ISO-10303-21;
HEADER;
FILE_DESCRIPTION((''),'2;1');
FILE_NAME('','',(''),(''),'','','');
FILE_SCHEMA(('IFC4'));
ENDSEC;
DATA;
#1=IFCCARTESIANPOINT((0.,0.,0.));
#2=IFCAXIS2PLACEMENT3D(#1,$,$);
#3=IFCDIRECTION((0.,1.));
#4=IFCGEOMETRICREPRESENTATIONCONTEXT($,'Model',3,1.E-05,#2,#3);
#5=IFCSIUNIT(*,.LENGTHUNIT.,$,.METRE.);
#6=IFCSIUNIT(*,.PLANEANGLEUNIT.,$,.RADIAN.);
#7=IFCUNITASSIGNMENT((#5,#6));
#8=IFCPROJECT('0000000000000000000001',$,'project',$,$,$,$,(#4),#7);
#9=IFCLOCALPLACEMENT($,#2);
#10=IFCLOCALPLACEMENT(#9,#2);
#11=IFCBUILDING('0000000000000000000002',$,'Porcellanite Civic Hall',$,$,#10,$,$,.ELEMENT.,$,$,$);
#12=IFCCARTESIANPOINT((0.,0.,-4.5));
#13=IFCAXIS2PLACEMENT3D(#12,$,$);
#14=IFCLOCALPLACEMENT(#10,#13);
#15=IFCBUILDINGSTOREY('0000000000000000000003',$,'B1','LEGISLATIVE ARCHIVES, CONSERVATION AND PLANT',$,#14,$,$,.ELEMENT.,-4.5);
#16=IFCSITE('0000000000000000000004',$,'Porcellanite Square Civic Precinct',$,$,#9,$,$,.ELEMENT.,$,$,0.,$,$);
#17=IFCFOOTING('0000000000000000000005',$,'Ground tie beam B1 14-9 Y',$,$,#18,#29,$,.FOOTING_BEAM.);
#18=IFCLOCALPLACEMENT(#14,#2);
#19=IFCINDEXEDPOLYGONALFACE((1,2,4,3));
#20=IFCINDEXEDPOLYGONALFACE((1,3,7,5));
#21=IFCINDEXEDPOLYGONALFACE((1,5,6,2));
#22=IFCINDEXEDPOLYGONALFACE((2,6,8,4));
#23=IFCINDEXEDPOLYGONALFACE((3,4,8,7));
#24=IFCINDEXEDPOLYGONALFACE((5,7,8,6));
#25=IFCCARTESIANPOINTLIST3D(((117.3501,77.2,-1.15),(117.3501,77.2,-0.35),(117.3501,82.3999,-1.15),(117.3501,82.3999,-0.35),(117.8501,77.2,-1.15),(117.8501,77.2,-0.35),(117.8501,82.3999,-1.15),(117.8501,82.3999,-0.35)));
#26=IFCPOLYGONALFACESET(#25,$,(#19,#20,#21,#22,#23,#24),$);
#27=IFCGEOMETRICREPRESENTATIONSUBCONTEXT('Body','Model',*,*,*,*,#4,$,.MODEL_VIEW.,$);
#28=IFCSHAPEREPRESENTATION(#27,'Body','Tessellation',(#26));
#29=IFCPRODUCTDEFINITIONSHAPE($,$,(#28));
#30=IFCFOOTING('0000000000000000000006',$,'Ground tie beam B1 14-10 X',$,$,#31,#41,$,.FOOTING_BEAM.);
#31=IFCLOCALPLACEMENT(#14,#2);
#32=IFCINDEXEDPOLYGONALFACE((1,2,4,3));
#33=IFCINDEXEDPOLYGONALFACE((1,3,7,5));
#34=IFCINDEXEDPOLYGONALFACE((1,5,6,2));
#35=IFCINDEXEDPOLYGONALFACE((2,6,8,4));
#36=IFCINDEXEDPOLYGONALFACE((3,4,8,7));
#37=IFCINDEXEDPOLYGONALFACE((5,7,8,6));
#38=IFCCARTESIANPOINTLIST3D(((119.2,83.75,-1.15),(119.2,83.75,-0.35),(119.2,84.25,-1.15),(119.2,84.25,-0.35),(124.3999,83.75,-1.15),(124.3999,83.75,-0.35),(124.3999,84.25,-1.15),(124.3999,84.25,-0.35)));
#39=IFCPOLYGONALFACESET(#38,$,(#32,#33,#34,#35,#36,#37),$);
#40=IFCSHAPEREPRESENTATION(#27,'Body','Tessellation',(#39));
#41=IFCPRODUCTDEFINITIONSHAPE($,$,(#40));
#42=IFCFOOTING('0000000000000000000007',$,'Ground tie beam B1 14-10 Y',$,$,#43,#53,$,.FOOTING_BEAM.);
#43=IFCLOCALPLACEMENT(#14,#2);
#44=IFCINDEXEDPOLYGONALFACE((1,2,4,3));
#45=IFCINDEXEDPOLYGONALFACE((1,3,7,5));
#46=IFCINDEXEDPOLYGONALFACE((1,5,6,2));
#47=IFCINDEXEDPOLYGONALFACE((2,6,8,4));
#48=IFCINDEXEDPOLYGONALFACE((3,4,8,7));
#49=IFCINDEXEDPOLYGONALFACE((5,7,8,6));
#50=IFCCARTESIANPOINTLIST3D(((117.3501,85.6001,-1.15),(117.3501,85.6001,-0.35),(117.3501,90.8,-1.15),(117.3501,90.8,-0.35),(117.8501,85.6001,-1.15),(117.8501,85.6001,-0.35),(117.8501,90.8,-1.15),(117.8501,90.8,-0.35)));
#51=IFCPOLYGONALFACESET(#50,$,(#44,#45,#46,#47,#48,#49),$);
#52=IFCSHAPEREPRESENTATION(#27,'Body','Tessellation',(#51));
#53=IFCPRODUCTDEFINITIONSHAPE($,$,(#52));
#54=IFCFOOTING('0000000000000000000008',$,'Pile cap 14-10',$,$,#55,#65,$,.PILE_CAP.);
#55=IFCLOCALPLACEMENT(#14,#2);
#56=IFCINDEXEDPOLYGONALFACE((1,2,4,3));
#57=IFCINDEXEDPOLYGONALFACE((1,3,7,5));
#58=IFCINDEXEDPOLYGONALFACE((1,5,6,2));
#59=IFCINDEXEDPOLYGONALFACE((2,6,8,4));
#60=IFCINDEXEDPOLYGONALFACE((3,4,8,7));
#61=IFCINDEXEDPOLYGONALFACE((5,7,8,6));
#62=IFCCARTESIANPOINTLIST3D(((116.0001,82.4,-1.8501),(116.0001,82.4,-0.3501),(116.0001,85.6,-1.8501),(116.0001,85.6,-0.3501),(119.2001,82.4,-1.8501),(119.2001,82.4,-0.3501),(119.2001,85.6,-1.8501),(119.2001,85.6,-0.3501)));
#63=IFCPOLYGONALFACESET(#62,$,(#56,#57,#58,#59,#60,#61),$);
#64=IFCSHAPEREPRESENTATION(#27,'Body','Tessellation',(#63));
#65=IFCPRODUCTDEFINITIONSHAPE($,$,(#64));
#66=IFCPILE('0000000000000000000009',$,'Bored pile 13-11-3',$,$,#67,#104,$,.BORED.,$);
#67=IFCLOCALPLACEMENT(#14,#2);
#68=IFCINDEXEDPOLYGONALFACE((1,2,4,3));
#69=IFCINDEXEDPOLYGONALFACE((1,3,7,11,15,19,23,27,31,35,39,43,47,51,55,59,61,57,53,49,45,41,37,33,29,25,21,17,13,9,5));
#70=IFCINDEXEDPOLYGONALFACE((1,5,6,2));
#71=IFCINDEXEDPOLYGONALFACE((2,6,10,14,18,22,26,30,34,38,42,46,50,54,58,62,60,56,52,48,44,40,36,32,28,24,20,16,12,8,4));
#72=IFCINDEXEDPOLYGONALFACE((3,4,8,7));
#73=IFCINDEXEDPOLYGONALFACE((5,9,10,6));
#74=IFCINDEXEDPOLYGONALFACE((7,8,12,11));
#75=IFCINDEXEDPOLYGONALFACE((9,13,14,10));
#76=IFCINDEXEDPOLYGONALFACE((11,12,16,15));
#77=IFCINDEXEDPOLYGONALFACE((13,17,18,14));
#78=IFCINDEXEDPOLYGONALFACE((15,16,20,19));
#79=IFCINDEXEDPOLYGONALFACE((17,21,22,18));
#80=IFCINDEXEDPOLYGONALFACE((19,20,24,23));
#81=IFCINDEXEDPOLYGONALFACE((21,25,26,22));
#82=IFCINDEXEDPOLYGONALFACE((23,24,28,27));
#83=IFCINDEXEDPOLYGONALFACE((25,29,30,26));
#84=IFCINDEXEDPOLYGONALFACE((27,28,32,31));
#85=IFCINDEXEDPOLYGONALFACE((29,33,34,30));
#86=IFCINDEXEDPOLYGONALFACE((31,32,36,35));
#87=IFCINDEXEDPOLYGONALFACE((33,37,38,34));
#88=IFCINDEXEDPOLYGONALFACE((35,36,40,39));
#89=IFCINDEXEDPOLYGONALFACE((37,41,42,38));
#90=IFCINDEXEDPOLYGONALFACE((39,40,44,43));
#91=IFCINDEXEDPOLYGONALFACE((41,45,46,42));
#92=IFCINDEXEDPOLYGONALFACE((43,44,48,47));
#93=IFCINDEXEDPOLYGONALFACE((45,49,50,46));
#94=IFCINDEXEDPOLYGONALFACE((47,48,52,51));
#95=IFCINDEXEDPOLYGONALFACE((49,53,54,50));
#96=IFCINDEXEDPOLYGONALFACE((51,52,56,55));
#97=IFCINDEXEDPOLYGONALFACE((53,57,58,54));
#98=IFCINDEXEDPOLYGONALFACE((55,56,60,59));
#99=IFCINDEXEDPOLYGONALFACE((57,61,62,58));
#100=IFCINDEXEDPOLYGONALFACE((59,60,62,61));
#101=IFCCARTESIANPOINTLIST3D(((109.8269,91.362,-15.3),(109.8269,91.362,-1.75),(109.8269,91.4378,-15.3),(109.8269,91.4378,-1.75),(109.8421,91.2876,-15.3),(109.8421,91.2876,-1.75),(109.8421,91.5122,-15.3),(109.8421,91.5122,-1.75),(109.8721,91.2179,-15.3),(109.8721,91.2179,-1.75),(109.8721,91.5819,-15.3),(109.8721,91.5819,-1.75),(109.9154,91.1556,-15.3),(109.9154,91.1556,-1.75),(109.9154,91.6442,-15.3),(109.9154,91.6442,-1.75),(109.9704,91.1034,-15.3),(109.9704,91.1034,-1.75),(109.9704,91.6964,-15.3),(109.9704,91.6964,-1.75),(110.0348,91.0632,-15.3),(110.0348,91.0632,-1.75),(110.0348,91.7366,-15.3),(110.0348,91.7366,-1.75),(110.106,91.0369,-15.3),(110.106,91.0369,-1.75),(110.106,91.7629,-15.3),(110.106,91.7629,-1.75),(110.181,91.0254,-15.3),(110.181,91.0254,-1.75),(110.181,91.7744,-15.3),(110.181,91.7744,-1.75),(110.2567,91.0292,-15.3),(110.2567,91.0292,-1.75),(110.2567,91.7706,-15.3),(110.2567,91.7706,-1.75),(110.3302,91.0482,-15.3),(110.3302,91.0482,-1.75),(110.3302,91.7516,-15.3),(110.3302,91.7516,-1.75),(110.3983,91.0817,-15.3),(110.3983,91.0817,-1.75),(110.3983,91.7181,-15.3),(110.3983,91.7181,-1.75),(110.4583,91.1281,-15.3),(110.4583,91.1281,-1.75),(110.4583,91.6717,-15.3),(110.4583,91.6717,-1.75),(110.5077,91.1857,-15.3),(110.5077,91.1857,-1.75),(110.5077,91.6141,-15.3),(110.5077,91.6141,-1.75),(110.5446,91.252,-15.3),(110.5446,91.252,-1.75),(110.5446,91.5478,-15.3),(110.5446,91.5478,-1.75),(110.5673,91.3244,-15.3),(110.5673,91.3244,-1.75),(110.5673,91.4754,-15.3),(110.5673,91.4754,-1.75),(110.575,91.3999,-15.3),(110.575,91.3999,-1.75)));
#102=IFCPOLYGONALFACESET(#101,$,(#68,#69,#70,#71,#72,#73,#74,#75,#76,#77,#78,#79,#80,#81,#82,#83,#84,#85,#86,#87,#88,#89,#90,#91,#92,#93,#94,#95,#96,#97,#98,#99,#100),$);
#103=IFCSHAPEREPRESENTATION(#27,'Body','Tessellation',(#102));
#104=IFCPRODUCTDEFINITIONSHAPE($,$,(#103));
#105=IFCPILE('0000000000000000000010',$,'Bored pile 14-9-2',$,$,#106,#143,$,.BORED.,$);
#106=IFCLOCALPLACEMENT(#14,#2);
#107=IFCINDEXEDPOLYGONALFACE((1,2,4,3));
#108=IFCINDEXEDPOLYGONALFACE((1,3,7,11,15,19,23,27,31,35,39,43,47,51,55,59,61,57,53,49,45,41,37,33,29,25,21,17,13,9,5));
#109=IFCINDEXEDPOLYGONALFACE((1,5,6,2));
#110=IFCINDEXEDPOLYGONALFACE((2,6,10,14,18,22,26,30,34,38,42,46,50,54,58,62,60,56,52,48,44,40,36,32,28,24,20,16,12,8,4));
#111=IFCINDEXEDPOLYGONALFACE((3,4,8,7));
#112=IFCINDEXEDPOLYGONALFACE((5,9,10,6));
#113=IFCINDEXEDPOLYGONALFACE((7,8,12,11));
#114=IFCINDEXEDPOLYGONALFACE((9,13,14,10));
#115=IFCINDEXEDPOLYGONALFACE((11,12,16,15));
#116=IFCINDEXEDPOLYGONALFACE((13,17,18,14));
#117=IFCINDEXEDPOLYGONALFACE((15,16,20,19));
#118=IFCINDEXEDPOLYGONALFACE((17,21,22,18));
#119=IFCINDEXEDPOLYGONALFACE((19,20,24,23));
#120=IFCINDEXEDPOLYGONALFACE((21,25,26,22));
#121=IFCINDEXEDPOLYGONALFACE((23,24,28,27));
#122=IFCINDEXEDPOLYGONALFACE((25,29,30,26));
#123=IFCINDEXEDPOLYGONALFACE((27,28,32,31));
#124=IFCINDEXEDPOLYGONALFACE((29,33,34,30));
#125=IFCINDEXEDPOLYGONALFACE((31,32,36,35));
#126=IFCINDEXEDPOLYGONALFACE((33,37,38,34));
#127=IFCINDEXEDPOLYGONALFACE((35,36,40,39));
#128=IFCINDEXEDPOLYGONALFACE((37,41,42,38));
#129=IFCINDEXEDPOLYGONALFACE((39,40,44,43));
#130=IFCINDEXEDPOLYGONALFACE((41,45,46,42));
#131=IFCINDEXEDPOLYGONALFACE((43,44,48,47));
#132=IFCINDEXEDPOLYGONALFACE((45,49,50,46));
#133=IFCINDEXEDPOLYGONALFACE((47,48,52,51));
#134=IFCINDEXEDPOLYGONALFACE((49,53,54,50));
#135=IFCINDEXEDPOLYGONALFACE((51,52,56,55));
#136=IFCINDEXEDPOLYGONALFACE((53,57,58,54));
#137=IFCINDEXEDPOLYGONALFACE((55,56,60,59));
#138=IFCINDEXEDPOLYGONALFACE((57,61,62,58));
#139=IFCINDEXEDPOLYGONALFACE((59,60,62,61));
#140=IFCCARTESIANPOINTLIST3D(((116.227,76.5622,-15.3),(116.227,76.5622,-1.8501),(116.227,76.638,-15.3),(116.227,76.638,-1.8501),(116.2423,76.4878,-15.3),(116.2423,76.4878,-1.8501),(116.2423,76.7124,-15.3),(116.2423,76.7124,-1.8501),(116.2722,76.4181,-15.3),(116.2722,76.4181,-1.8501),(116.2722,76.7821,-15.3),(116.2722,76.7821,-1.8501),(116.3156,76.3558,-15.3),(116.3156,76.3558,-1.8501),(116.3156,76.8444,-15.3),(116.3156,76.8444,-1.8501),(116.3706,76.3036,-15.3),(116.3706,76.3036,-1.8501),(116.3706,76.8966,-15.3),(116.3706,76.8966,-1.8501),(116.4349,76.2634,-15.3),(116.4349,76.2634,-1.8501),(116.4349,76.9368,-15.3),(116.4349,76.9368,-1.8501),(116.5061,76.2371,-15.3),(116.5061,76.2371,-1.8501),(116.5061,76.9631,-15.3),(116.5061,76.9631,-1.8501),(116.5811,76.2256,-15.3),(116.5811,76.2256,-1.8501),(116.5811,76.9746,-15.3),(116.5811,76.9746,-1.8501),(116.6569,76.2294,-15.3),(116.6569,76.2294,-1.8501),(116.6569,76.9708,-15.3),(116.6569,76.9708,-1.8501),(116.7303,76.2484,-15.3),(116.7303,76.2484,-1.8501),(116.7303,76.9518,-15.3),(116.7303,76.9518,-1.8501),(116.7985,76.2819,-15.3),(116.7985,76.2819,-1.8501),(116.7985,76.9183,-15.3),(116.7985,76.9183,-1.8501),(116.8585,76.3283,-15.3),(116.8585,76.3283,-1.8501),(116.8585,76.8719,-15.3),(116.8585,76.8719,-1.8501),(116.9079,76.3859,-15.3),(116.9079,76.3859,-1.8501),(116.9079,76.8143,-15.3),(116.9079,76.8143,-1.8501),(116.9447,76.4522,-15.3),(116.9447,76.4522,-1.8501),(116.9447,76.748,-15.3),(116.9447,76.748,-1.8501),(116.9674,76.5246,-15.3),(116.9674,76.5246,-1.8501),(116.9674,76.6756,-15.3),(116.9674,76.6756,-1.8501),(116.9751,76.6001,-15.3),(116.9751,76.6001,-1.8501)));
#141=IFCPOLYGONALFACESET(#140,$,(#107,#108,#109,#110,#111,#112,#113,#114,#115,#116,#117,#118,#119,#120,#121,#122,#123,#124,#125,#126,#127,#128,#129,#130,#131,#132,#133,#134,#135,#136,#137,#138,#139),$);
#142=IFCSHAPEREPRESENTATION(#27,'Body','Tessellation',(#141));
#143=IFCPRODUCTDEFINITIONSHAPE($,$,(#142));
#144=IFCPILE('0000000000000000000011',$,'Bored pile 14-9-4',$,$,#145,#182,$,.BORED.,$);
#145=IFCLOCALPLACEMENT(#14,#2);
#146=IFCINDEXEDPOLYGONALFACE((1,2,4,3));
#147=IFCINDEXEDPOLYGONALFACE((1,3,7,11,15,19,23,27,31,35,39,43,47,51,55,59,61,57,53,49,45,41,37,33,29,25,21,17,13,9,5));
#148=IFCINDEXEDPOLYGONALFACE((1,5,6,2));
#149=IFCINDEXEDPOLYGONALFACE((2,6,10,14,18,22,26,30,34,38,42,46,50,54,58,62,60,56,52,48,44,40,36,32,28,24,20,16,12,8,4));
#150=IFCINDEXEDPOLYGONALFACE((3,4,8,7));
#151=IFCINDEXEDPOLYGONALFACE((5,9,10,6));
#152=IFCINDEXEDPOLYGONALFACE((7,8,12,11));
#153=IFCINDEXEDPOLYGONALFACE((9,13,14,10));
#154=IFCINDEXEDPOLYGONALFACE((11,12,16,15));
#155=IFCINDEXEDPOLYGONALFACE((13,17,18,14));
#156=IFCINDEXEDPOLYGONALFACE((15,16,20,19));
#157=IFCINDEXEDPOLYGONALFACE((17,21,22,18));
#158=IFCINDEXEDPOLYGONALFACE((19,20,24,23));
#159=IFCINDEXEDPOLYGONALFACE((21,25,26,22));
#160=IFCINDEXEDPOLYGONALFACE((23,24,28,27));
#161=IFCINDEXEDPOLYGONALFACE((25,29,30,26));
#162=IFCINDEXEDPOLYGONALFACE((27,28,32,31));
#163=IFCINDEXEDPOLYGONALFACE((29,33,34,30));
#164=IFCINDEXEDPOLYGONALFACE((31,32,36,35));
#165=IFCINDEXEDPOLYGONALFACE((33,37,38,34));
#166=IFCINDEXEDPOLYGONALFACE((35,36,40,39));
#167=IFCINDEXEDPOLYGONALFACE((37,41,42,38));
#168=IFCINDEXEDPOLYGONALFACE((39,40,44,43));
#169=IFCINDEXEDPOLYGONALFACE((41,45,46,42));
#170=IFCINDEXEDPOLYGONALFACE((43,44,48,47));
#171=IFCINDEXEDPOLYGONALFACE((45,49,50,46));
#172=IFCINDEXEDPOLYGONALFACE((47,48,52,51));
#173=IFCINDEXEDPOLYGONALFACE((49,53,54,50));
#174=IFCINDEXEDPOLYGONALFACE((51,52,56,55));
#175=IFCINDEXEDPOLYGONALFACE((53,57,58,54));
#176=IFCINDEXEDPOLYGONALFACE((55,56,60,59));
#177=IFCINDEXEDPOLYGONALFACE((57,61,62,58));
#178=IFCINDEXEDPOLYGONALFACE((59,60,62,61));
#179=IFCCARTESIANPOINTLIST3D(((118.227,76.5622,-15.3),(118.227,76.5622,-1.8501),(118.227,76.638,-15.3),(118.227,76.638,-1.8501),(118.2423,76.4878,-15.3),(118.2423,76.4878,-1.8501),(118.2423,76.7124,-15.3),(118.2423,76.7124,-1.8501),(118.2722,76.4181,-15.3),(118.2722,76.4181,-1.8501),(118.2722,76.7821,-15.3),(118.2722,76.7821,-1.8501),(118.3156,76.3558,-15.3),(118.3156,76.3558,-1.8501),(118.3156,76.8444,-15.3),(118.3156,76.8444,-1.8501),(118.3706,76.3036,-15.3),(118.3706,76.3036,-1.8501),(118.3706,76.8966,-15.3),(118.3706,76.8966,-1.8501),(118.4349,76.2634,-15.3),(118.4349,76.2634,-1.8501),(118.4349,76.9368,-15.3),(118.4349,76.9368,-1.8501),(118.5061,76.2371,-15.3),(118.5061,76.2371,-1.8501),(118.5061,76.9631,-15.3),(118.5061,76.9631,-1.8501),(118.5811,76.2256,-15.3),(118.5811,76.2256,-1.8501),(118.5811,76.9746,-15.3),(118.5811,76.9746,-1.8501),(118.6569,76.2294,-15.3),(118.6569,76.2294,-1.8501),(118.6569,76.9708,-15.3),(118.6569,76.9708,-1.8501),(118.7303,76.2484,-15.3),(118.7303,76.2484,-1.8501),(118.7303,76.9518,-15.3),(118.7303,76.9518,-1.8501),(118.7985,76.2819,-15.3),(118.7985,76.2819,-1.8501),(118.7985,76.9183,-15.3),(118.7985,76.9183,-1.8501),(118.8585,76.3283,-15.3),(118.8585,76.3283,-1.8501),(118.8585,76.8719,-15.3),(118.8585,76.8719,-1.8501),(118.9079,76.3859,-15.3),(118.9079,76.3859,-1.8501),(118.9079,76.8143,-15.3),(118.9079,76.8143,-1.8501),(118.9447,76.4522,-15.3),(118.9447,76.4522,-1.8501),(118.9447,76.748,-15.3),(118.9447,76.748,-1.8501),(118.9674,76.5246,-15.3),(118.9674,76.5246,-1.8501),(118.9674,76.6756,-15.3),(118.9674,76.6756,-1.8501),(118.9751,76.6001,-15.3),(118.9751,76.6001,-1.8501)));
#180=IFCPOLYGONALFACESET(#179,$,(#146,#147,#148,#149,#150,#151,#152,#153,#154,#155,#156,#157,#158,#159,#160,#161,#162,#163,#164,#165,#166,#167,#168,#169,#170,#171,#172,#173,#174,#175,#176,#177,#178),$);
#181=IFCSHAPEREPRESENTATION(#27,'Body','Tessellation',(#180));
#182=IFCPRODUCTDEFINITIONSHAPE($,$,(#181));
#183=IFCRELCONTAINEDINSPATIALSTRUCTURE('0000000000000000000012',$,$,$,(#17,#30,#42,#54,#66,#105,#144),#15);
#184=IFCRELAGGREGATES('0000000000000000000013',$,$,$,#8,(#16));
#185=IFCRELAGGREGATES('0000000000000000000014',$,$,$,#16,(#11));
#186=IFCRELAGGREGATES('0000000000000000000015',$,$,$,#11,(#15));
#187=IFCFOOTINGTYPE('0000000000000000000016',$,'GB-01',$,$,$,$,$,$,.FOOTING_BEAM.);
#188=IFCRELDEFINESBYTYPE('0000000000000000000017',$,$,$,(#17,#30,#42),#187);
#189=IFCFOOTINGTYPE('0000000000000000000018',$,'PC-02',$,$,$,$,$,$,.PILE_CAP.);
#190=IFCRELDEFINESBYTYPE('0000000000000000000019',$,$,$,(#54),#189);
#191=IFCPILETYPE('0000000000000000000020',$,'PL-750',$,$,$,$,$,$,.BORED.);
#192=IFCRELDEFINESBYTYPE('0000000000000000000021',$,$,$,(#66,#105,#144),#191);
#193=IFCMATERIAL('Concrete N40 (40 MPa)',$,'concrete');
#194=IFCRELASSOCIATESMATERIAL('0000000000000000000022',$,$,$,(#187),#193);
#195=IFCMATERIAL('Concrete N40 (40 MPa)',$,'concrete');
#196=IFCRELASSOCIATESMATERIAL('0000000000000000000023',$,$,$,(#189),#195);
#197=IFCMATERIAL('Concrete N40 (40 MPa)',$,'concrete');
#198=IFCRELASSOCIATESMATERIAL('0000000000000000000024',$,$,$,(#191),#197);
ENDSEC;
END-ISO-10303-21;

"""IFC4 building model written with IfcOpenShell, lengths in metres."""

from ifc_helpers import new_model, si_unit, direction, frame, origin, origin_2d, place, context, subcontext, project, spatial, rectangle, circle, extrude, material, material_profile, profile_set, type_object, element, save


model = new_model("IFC4")

# Units and contexts
model_context = context("Model", 3, precision=1e-05, world=origin(), true_north=direction((0.0, 1.0)))
body_context = subcontext(model_context, "Body", "Model", "MODEL_VIEW")
ifc_project = project(units=[si_unit("LENGTHUNIT", "METRE"), si_unit("PLANEANGLEUNIT", "RADIAN")], contexts=[model_context])

# Site, building, storey
site_placement = place(None, origin())
site = spatial("IfcSite", under=ifc_project, at=site_placement, Name="Porcellanite Square Civic Precinct", CompositionType="ELEMENT", RefElevation=0.0)
building_placement = place(site_placement, origin())
building = spatial("IfcBuilding", under=site, at=building_placement, Name="Porcellanite Civic Hall", CompositionType="ELEMENT")
storey_placement = place(building_placement, frame((0.0, 0.0, -4.5)))
storey = spatial("IfcBuildingStorey", under=building, at=storey_placement, Name="B1", Description="LEGISLATIVE ARCHIVES, CONSERVATION AND PLANT", CompositionType="ELEMENT", Elevation=-4.5)

# Footings
ifc_material_1 = material(Name="Concrete N40 (40 MPa)", Category="concrete")
ifc_material_profile_1 = material_profile(ifc_material_1, rectangle(XDim=0.5, YDim=0.8, at=origin_2d()), Name="RC-500x800")
ifc_profile_set_1 = profile_set([ifc_material_profile_1], Name="Concrete N40 (40 MPa)")
footing_type_1 = type_object("IfcFootingType", Name="GB-01", PredefinedType="FOOTING_BEAM", material=ifc_profile_set_1)
for number, where, z_axis, x_axis, name in (
    (1, (117.6001, 77.2, -0.75), (0.0, 1.0, 0.0), (-1.0, 0.0, 0.0), "Ground tie beam B1 14-9 Y"),
    (2, (119.2, 84.0, -0.75), (1.0, 0.0, 0.0), (0.0, 1.0, 0.0), "Ground tie beam B1 14-10 X"),
    (3, (117.6001, 85.6001, -0.75), (0.0, 1.0, 0.0), (-1.0, 0.0, 0.0), "Ground tie beam B1 14-10 Y"),
):
    element("IfcFooting", number, at=place(storey_placement, frame(where, z_axis=z_axis, x_axis=x_axis)), inside=storey, type_object=footing_type_1, Name=name, PredefinedType="FOOTING_BEAM", context=body_context, shape_type="SweptSolid", body=[
        extrude(rectangle(XDim=0.5, YDim=0.8, at=origin_2d()), origin(), (0.0, 0.0, 1.0), 5.2),
    ])
ifc_material_2 = material(Name="Concrete N40 (40 MPa)", Category="concrete")
footing_type_2 = type_object("IfcFootingType", Name="PC-02", PredefinedType="PILE_CAP", material=ifc_material_2)
footing_placement = place(storey_placement, frame((117.6001, 84.0, -1.8501), z_axis=(0.0, 0.0, 1.0), x_axis=(1.0, 0.0, 0.0)))
element("IfcFooting", 4, at=footing_placement, inside=storey, type_object=footing_type_2, Name="Pile cap 14-10", PredefinedType="PILE_CAP", context=body_context, shape_type="SweptSolid", body=[
    extrude(rectangle(XDim=3.2, YDim=3.2, at=origin_2d()), origin(), (0.0, 0.0, 1.0), 1.5),
])

# Piles
ifc_material_3 = material(Name="Concrete N40 (40 MPa)", Category="concrete")
ifc_material_profile_2 = material_profile(ifc_material_3, circle(Radius=0.375, at=origin_2d()), Name="PILE-D750")
ifc_profile_set_2 = profile_set([ifc_material_profile_2], Name="Concrete N40 (40 MPa)")
pile_type = type_object("IfcPileType", Name="PL-750", PredefinedType="BORED", material=ifc_profile_set_2)
pile_placement = place(storey_placement, frame((110.2, 91.3999, -1.75), z_axis=(0.0, 0.0, -1.0), x_axis=(1.0, 0.0, 0.0)))
element("IfcPile", 5, at=pile_placement, inside=storey, type_object=pile_type, Name="Bored pile 13-11-3", PredefinedType="BORED", context=body_context, shape_type="SweptSolid", body=[
    extrude(circle(Radius=0.375, at=origin_2d()), origin(), (0.0, 0.0, 1.0), 13.55),
])
for number, where, z_axis, x_axis, name in (
    (6, (116.6001, 76.6001, -1.8501), (0.0, 0.0, -1.0), (1.0, 0.0, 0.0), "Bored pile 14-9-2"),
    (7, (118.6001, 76.6001, -1.8501), (0.0, 0.0, -1.0), (1.0, 0.0, 0.0), "Bored pile 14-9-4"),
):
    element("IfcPile", number, at=place(storey_placement, frame(where, z_axis=z_axis, x_axis=x_axis)), inside=storey, type_object=pile_type, Name=name, PredefinedType="BORED", context=body_context, shape_type="SweptSolid", body=[
        extrude(circle(Radius=0.375, at=origin_2d()), origin(), (0.0, 0.0, 1.0), 13.45),
    ])

save(model, "model.ifc")
